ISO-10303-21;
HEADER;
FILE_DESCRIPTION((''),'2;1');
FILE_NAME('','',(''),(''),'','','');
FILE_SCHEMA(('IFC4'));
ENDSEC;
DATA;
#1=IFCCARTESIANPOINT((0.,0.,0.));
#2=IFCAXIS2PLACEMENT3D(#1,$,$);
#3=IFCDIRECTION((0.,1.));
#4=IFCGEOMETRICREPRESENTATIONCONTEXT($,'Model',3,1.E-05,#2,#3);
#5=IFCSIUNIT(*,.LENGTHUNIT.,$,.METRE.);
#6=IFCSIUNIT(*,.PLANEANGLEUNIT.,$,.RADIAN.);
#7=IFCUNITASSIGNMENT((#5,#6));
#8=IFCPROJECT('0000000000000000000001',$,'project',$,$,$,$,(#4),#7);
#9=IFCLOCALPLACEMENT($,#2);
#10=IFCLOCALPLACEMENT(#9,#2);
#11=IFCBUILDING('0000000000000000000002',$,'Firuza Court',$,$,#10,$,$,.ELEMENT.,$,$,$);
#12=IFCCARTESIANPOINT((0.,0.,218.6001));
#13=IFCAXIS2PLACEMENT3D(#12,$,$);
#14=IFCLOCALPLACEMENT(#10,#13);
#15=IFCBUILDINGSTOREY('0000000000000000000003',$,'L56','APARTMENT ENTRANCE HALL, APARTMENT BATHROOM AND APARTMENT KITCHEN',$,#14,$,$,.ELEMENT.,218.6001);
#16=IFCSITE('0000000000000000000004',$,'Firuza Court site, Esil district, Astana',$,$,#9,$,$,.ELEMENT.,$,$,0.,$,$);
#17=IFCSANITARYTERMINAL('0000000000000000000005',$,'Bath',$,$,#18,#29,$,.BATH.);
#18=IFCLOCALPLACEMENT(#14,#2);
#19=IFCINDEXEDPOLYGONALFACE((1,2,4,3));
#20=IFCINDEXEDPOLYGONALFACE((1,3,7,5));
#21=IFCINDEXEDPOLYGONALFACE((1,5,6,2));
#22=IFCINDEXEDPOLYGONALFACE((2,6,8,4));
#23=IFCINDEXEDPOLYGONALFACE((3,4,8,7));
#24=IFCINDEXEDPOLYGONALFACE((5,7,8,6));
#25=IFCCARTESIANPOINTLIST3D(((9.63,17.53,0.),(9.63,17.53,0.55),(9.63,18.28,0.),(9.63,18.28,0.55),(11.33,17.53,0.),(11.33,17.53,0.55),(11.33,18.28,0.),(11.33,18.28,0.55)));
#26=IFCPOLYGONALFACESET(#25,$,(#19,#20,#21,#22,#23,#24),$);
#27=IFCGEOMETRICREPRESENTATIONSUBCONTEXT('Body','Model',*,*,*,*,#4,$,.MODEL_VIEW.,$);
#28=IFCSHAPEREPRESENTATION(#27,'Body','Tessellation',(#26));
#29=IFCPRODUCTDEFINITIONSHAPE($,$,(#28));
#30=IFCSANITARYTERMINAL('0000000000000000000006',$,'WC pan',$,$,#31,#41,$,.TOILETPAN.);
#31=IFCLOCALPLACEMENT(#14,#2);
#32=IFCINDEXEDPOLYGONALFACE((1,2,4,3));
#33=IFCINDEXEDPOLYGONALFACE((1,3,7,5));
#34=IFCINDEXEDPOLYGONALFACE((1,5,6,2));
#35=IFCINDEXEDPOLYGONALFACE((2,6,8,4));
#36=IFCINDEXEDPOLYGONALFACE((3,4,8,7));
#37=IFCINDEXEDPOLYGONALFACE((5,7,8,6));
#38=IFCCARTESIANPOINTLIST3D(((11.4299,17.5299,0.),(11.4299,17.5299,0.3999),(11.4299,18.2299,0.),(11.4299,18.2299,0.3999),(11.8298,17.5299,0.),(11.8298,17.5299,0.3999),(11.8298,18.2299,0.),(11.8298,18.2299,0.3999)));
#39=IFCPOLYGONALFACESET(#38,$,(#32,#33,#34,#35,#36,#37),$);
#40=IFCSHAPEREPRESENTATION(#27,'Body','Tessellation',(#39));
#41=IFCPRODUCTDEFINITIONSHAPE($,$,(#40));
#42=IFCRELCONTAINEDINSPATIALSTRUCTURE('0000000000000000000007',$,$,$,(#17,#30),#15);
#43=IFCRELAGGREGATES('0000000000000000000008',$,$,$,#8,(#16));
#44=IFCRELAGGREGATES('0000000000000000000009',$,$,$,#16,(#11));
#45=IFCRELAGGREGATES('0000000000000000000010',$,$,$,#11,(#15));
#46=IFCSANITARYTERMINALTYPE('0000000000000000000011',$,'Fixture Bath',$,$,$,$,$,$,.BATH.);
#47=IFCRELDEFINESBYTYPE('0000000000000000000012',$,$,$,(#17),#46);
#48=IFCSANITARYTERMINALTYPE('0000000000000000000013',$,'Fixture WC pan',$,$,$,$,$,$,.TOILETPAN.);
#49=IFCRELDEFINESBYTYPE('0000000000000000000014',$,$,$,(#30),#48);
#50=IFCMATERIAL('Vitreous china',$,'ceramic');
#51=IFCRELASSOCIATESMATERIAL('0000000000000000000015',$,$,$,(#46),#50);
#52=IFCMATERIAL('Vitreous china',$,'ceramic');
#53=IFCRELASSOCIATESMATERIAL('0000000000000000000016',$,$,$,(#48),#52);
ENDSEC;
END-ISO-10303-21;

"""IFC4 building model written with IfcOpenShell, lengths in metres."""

from ifc_helpers import new_model, si_unit, direction, frame, origin, origin_2d, place, context, subcontext, project, spatial, rectangle, extrude, material, type_object, element, save


model = new_model("IFC4")

# Units and contexts
model_context = context("Model", 3, precision=1e-05, world=origin(), true_north=direction((0.0, 1.0)))
body_context = subcontext(model_context, "Body", "Model", "MODEL_VIEW")
ifc_project = project(units=[si_unit("LENGTHUNIT", "METRE"), si_unit("PLANEANGLEUNIT", "RADIAN")], contexts=[model_context])

# Site, building, storey
site_placement = place(None, origin())
site = spatial("IfcSite", under=ifc_project, at=site_placement, Name="Firuza Court site, Esil district, Astana", CompositionType="ELEMENT", RefElevation=0.0)
building_placement = place(site_placement, origin())
building = spatial("IfcBuilding", under=site, at=building_placement, Name="Firuza Court", CompositionType="ELEMENT")
storey_placement = place(building_placement, frame((0.0, 0.0, 218.6001)))
storey = spatial("IfcBuildingStorey", under=building, at=storey_placement, Name="L56", Description="APARTMENT ENTRANCE HALL, APARTMENT BATHROOM AND APARTMENT KITCHEN", CompositionType="ELEMENT", Elevation=218.6001)

# Sanitary terminals
ifc_material_1 = material(Name="Vitreous china", Category="ceramic")
sanitary_terminal_type_1 = type_object("IfcSanitaryTerminalType", Name="Fixture Bath", PredefinedType="BATH", material=ifc_material_1)
sanitary_terminal_1_placement = place(storey_placement, frame((10.48, 17.905, 0.0), z_axis=(0.0, 0.0, 1.0), x_axis=(1.0, 0.0, 0.0)))
element("IfcSanitaryTerminal", 1, at=sanitary_terminal_1_placement, inside=storey, type_object=sanitary_terminal_type_1, Name="Bath", PredefinedType="BATH", context=body_context, shape_type="SweptSolid", body=[
    extrude(rectangle(XDim=1.7, YDim=0.75, at=origin_2d()), origin(), (0.0, 0.0, 1.0), 0.55),
])
ifc_material_2 = material(Name="Vitreous china", Category="ceramic")
sanitary_terminal_type_2 = type_object("IfcSanitaryTerminalType", Name="Fixture WC pan", PredefinedType="TOILETPAN", material=ifc_material_2)
sanitary_terminal_2_placement = place(storey_placement, frame((11.6299, 17.8799, 0.0), z_axis=(0.0, 0.0, 1.0), x_axis=(1.0, 0.0, 0.0)))
element("IfcSanitaryTerminal", 2, at=sanitary_terminal_2_placement, inside=storey, type_object=sanitary_terminal_type_2, Name="WC pan", PredefinedType="TOILETPAN", context=body_context, shape_type="SweptSolid", body=[
    extrude(rectangle(XDim=0.3999, YDim=0.7, at=origin_2d()), origin(), (0.0, 0.0, 1.0), 0.3999),
])

save(model, "model.ifc")
